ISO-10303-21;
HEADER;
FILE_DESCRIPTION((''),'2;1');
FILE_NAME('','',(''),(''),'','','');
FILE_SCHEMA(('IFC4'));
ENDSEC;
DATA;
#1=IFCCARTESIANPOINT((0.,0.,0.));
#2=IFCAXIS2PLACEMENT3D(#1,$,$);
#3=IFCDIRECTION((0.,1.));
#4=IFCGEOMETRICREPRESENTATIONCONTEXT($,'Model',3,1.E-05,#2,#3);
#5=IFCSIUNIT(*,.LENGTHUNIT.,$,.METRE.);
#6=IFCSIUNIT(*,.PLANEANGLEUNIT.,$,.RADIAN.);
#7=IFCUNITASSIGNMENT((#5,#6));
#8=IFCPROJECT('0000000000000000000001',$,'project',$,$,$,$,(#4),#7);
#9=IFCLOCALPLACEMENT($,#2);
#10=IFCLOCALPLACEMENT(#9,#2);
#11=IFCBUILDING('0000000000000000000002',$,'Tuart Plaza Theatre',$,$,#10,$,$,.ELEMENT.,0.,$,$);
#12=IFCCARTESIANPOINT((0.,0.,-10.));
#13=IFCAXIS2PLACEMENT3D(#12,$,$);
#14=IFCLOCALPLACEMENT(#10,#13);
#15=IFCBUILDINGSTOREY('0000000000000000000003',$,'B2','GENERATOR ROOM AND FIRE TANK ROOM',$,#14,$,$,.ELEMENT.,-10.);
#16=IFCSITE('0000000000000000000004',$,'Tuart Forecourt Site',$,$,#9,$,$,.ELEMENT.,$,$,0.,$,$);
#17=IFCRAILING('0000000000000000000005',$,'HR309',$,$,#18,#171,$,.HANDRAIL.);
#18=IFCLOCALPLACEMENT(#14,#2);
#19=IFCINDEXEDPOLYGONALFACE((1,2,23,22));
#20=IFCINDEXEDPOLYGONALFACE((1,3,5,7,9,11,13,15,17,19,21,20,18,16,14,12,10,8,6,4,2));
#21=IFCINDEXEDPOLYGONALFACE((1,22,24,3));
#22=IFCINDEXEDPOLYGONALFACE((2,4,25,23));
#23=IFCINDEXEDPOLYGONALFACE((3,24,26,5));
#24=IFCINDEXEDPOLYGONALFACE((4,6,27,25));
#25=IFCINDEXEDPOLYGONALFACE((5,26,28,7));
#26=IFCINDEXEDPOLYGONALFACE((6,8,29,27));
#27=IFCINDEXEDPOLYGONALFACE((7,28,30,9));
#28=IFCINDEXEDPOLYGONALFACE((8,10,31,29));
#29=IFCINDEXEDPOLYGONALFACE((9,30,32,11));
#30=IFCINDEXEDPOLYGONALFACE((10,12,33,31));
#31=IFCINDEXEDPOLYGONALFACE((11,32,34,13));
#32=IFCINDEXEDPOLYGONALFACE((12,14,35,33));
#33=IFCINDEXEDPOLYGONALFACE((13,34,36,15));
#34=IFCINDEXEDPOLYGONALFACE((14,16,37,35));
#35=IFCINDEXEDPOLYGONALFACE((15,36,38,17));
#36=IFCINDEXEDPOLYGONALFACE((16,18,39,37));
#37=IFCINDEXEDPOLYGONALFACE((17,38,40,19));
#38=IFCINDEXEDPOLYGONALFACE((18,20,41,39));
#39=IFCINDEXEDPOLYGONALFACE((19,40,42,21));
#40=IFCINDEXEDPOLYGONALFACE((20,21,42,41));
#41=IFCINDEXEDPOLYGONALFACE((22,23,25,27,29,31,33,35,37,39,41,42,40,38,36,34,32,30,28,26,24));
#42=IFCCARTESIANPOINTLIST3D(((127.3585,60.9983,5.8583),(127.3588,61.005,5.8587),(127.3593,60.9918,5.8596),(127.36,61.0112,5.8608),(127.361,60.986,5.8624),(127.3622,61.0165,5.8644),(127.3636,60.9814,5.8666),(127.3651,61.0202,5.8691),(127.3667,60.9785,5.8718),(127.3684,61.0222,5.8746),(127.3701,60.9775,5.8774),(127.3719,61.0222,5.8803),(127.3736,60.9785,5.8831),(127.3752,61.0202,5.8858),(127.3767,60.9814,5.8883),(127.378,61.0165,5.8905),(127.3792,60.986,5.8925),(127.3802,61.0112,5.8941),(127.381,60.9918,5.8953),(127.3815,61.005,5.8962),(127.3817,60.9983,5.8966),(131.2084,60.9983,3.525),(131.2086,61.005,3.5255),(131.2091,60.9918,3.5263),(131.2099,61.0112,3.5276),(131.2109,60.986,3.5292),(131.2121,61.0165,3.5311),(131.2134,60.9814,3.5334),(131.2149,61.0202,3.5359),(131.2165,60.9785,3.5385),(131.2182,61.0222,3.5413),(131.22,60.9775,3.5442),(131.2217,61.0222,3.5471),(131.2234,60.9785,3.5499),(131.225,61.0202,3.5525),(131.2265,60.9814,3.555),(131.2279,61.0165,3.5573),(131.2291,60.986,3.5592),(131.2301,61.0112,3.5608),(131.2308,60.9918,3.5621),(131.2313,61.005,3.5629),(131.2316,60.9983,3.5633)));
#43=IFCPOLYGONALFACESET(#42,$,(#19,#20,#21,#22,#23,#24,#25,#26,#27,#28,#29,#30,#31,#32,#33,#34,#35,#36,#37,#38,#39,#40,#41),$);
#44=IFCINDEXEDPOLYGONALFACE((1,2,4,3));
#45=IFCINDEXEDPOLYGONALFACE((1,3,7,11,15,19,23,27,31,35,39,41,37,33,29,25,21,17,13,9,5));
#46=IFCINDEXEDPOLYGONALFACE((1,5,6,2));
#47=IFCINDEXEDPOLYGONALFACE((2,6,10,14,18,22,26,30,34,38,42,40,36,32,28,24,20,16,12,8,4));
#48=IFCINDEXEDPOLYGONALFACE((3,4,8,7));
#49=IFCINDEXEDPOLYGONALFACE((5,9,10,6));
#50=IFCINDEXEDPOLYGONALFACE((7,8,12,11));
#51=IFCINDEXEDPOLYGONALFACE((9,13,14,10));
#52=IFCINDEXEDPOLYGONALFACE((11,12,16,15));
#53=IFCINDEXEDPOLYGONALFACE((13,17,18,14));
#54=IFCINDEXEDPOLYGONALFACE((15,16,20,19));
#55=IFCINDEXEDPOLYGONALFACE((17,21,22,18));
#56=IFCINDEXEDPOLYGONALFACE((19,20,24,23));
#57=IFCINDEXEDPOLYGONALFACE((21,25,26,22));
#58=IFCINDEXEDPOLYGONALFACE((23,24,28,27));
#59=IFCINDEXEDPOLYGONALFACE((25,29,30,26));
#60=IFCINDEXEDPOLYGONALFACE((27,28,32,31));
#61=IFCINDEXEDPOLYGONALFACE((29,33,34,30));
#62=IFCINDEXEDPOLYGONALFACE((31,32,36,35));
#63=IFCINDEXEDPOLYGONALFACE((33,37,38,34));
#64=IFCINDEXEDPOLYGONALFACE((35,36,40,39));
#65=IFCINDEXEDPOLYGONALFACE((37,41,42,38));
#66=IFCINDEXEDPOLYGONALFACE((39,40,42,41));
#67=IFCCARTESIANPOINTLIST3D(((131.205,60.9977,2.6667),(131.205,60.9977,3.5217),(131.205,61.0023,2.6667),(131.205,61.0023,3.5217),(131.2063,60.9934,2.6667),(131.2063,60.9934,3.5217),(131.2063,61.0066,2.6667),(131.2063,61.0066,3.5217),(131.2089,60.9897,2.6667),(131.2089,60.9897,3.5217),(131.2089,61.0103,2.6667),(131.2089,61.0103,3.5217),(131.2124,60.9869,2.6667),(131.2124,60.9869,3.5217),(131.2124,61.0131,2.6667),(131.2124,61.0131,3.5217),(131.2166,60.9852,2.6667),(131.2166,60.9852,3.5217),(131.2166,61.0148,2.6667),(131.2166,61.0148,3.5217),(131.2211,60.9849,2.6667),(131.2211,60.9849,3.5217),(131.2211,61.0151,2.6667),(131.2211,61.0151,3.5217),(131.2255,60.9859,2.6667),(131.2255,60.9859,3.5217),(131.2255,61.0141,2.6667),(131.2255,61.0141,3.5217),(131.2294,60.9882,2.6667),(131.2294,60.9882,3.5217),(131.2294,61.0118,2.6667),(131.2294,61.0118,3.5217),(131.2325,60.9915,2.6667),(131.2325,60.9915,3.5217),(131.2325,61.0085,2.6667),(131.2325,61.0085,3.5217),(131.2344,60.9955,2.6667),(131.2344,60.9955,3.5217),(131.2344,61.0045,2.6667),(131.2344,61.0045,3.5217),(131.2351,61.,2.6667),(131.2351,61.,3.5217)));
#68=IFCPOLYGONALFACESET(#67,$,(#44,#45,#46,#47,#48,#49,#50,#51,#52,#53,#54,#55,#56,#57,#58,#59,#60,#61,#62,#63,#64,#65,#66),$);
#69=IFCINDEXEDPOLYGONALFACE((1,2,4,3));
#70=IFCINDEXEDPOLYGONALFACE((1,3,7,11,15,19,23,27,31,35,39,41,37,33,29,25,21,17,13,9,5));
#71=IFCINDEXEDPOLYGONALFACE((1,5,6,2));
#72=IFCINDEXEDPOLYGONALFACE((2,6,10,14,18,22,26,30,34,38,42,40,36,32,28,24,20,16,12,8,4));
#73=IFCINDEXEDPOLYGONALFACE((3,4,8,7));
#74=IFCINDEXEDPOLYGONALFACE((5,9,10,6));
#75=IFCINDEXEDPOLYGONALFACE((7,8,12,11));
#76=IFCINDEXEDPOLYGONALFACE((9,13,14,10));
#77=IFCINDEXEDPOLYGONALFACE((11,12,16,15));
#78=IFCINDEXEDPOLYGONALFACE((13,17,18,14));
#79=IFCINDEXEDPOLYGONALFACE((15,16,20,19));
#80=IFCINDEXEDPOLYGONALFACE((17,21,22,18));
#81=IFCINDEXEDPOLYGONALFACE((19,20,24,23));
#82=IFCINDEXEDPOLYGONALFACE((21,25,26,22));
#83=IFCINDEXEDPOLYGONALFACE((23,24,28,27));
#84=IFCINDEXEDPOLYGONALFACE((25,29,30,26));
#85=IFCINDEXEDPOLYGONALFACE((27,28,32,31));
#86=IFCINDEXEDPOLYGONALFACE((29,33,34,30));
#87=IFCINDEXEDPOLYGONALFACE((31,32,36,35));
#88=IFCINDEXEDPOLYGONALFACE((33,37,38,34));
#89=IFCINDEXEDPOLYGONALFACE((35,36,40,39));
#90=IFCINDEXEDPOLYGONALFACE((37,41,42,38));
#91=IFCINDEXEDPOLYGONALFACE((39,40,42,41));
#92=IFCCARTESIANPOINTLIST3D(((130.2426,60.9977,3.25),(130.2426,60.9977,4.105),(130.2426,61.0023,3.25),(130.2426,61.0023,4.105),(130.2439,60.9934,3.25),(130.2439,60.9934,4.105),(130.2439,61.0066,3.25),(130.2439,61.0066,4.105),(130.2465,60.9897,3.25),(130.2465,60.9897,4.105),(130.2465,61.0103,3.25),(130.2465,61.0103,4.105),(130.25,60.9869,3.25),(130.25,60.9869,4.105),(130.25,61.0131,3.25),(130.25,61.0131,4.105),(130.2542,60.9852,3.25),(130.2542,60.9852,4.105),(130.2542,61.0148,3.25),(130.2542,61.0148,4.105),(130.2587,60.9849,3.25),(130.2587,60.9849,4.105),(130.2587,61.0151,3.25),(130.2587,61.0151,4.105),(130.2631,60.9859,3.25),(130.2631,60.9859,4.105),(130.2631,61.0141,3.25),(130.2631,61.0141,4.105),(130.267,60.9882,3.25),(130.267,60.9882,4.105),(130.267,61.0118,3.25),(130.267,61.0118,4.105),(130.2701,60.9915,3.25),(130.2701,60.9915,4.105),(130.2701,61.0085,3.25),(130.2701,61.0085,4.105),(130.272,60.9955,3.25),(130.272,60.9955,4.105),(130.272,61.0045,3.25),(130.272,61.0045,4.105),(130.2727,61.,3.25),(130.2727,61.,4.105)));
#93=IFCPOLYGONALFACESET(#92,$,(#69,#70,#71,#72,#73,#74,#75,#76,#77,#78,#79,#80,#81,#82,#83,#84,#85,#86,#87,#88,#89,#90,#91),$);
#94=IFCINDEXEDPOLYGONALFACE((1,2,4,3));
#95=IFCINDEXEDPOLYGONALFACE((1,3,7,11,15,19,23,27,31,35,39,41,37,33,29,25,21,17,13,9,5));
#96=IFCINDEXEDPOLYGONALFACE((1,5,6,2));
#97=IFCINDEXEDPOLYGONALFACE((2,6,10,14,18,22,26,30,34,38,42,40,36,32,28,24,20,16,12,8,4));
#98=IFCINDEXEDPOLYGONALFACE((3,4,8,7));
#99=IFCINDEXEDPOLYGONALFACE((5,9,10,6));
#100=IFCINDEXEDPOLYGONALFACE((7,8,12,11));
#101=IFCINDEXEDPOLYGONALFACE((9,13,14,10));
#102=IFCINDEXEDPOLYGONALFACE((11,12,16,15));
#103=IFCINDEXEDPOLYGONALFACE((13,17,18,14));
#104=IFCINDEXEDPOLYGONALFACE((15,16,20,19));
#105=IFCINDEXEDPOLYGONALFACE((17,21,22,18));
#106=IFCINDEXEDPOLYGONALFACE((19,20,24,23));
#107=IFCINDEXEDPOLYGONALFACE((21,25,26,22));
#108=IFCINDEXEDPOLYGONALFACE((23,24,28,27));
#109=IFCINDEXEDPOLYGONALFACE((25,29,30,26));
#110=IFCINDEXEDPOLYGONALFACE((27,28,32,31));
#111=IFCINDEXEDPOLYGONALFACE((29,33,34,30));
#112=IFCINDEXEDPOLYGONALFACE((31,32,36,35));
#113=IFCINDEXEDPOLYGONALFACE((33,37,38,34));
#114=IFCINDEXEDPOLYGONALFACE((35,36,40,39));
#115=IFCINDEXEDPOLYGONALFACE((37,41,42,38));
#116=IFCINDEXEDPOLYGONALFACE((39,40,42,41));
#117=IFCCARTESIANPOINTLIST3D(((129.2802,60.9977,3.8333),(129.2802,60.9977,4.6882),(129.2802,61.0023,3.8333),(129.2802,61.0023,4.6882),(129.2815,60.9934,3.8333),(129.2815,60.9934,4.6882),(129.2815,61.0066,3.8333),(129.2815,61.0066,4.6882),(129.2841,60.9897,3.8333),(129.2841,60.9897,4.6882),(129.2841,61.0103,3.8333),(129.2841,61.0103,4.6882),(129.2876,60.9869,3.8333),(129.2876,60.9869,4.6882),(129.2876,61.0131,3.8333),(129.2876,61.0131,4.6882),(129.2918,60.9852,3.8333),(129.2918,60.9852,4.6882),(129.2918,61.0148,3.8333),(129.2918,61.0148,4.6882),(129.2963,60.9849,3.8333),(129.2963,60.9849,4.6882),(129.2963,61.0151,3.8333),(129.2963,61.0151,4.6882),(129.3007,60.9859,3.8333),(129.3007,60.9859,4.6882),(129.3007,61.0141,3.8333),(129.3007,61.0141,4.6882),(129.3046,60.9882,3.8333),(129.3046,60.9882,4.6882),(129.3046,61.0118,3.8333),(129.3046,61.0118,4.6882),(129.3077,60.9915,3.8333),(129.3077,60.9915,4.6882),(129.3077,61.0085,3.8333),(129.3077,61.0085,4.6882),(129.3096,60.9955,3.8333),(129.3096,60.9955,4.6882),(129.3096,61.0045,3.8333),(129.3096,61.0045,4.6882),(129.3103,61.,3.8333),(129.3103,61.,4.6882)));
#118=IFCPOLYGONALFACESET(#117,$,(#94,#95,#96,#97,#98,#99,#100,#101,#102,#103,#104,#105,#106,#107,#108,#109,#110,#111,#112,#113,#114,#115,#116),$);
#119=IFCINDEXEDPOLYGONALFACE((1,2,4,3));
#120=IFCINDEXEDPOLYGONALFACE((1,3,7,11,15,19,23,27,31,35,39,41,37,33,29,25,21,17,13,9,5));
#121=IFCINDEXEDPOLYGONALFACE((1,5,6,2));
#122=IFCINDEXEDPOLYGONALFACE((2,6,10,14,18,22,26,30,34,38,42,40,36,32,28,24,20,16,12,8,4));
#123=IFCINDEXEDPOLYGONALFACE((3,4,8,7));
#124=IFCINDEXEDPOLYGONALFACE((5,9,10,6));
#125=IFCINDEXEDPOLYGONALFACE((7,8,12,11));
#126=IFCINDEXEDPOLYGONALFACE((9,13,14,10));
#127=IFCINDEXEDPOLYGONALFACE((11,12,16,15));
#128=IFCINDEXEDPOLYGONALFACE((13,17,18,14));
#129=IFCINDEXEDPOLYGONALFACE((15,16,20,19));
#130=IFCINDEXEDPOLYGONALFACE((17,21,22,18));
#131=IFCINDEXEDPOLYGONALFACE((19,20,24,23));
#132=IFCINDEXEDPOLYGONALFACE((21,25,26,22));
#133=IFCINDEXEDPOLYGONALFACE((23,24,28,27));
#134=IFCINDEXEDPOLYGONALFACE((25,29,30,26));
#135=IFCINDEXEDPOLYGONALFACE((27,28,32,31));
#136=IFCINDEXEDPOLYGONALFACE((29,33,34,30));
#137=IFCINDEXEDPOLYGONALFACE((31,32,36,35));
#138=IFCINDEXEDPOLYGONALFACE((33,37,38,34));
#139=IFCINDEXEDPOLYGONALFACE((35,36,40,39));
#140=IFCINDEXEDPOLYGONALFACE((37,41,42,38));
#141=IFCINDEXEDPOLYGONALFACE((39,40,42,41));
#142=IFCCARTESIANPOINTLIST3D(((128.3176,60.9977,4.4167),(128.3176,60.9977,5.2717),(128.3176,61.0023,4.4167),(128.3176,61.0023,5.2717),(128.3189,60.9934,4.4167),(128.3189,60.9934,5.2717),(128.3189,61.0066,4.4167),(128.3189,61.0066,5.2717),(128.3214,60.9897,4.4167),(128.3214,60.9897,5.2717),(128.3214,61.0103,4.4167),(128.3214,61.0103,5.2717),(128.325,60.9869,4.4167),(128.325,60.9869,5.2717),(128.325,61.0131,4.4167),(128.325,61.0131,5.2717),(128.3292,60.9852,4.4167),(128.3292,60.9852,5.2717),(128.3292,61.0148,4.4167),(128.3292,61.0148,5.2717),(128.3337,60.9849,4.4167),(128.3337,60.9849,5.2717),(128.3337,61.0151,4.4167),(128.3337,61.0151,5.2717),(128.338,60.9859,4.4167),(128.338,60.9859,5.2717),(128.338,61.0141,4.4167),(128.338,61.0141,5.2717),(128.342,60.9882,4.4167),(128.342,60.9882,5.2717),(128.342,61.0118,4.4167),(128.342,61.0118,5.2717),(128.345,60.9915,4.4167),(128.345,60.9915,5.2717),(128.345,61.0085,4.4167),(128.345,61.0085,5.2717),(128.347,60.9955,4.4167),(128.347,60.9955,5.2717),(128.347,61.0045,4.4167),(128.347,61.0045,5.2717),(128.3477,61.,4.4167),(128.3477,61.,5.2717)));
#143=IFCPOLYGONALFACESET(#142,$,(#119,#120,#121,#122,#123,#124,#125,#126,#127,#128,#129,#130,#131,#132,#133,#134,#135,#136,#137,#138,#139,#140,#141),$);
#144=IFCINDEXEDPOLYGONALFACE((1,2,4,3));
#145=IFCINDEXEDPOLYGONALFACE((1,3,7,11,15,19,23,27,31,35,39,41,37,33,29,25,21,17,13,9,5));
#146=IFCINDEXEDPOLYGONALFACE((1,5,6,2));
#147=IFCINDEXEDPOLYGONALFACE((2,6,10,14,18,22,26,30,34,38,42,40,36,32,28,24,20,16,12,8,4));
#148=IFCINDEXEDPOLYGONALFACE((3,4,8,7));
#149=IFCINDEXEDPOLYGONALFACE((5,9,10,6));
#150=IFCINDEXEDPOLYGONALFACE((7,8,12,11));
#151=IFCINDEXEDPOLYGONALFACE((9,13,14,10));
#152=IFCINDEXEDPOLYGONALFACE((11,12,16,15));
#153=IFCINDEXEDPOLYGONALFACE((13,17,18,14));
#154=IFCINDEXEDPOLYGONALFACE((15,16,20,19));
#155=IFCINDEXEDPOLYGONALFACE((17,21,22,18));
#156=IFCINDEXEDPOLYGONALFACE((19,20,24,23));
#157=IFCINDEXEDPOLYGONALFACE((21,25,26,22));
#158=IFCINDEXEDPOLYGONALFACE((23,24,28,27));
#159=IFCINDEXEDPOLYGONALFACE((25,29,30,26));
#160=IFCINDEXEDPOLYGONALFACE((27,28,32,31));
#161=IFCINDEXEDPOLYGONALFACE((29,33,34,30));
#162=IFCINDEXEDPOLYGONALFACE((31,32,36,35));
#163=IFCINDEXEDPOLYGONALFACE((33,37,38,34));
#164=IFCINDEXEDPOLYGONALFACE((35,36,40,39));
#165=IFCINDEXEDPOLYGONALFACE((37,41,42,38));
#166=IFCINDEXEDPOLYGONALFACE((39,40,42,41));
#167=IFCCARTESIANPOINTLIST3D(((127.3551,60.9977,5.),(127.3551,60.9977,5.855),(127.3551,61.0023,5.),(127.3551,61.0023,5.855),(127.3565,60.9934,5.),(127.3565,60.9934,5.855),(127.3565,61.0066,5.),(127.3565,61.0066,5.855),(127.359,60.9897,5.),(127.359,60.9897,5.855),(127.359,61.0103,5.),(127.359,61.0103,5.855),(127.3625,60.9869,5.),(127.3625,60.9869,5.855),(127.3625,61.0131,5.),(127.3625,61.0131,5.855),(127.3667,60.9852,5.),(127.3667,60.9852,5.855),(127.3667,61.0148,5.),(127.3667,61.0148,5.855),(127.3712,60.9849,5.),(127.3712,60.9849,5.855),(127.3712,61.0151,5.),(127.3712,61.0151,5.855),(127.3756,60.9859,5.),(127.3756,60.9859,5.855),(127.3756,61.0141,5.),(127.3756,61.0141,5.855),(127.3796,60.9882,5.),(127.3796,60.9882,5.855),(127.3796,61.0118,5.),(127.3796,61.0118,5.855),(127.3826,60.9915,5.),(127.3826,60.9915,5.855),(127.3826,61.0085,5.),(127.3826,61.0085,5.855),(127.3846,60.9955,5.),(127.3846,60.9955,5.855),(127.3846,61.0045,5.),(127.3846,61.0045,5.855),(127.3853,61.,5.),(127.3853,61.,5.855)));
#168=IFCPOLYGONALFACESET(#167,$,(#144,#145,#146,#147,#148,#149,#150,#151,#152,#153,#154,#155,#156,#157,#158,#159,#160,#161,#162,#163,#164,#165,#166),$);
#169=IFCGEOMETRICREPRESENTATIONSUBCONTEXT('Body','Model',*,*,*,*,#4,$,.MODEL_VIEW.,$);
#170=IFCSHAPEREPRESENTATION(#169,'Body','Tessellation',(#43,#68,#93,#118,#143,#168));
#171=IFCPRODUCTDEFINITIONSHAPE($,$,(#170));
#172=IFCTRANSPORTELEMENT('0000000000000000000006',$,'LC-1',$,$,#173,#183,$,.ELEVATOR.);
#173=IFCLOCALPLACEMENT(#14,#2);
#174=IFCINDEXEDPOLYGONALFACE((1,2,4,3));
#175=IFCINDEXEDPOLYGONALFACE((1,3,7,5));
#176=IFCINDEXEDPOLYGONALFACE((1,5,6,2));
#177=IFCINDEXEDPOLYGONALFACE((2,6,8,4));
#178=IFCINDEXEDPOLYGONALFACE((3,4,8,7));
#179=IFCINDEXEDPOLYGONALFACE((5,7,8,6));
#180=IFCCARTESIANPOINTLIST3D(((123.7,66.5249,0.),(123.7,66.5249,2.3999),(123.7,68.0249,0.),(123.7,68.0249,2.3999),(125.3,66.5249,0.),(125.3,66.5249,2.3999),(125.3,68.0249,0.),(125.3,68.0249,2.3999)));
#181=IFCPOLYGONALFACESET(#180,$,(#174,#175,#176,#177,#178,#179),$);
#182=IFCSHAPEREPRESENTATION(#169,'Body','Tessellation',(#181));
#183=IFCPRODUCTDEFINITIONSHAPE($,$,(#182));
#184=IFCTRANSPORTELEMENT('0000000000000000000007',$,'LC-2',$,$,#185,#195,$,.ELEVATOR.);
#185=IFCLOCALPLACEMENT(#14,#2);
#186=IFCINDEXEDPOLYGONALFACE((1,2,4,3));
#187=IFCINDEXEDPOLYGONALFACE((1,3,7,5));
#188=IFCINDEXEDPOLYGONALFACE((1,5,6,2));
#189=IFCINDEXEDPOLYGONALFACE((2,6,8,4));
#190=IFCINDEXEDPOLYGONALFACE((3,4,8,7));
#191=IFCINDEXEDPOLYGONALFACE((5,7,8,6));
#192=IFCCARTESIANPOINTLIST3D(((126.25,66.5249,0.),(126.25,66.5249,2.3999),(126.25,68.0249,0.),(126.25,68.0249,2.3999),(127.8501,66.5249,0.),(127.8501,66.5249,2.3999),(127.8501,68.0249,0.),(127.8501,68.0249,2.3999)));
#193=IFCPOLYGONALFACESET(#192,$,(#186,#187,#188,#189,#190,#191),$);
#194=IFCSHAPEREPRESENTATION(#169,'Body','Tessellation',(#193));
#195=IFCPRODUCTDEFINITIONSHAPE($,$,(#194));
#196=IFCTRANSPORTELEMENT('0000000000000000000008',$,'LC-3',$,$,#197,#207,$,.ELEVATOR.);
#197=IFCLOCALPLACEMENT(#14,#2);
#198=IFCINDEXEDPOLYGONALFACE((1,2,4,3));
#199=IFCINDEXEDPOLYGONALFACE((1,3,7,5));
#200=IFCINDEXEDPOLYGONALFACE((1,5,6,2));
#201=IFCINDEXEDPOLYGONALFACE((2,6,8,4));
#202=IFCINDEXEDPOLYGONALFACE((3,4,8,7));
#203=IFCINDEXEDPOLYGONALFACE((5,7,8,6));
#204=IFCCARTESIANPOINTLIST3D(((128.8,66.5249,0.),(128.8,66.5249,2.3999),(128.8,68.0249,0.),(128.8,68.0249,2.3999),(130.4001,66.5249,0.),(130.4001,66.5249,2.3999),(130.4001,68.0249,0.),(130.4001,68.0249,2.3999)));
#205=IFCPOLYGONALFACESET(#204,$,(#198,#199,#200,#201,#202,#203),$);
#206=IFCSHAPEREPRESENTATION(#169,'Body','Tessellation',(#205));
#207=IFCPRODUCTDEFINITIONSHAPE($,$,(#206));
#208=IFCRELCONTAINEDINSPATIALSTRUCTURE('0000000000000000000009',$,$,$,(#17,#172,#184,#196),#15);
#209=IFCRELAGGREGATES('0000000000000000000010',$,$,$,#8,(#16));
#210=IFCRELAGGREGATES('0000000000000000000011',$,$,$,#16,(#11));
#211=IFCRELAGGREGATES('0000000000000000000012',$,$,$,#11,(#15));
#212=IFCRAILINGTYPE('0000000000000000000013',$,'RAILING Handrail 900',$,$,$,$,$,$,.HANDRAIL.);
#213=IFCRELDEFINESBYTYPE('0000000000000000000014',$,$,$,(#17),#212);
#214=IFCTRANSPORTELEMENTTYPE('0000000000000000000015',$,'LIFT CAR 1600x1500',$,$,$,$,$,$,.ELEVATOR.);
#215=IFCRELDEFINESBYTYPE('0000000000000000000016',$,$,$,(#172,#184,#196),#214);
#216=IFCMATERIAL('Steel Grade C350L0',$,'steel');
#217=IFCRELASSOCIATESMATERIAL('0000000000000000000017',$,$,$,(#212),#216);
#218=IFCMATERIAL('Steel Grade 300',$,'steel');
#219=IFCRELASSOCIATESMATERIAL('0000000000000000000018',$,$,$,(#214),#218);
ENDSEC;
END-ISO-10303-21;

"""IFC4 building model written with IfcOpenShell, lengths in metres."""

from ifc_helpers import new_model, si_unit, direction, frame, origin, origin_2d, place, context, subcontext, project, spatial, rectangle, circle, extrude, material, type_object, element, save


model = new_model("IFC4")

# Units and contexts
model_context = context("Model", 3, precision=1e-05, world=origin(), true_north=direction((0.0, 1.0)))
body_context = subcontext(model_context, "Body", "Model", "MODEL_VIEW")
ifc_project = project(units=[si_unit("LENGTHUNIT", "METRE"), si_unit("PLANEANGLEUNIT", "RADIAN")], contexts=[model_context])

# Site, building, storey
site_placement = place(None, origin())
site = spatial("IfcSite", under=ifc_project, at=site_placement, Name="Tuart Forecourt Site", CompositionType="ELEMENT", RefElevation=0.0)
building_placement = place(site_placement, origin())
building = spatial("IfcBuilding", under=site, at=building_placement, Name="Tuart Plaza Theatre", CompositionType="ELEMENT", ElevationOfRefHeight=0.0)
storey_placement = place(building_placement, frame((0.0, 0.0, -10.0)))
storey = spatial("IfcBuildingStorey", under=building, at=storey_placement, Name="B2", Description="GENERATOR ROOM AND FIRE TANK ROOM", CompositionType="ELEMENT", Elevation=-10.0)

# Railing
ifc_material_1 = material(Name="Steel Grade C350L0", Category="steel")
railing_type_1 = type_object("IfcRailingType", Name="RAILING Handrail 900", PredefinedType="HANDRAIL", material=ifc_material_1)
railing_1_placement = place(storey_placement, frame((131.22, 61.0, 2.6667)))
element("IfcRailing", 1, at=railing_1_placement, inside=storey, type_object=railing_type_1, Name="HR309", PredefinedType="HANDRAIL", context=body_context, shape_type="SweptSolid", body=[
    extrude(circle(Radius=0.0225, at=origin_2d()), frame((0.0, 0.0, 0.8774), z_axis=(-0.855197, 0.0, 0.518303), x_axis=(0.0, -1.0, 0.0)), (0.0, 0.0, 1.0), 4.5017),
    extrude(circle(Radius=0.0151, at=origin_2d()), origin(), (0.0, 0.0, 1.0), 0.855),
    extrude(circle(Radius=0.0151, at=origin_2d()), frame((-0.9624, 0.0, 0.5833)), (0.0, 0.0, 1.0), 0.855),
    extrude(circle(Radius=0.0151, at=origin_2d()), frame((-1.9248, 0.0, 1.1665)), (0.0, 0.0, 1.0), 0.855),
    extrude(circle(Radius=0.0151, at=origin_2d()), frame((-2.8875, 0.0, 1.75)), (0.0, 0.0, 1.0), 0.855),
    extrude(circle(Radius=0.0151, at=origin_2d()), frame((-3.8499, 0.0, 2.3333)), (0.0, 0.0, 1.0), 0.855),
])

# Transport elements
ifc_material_2 = material(Name="Steel Grade 300", Category="steel")
transport_element_type = type_object("IfcTransportElementType", Name="LIFT CAR 1600x1500", PredefinedType="ELEVATOR", material=ifc_material_2)
for number, where, z_axis, x_axis, name in (
    (2, (124.5, 67.2749, 0.0), (0.0, 0.0, 1.0), (1.0, 0.0, 0.0), "LC-1"),
    (3, (127.05, 67.2749, 0.0), (0.0, 0.0, 1.0), (1.0, 0.0, 0.0), "LC-2"),
    (4, (129.6001, 67.2749, 0.0), (0.0, 0.0, 1.0), (1.0, 0.0, 0.0), "LC-3"),
):
    element("IfcTransportElement", number, at=place(storey_placement, frame(where, z_axis=z_axis, x_axis=x_axis)), inside=storey, type_object=transport_element_type, Name=name, PredefinedType="ELEVATOR", context=body_context, shape_type="SweptSolid", body=[
        extrude(rectangle(XDim=1.6001, YDim=1.5, at=origin_2d()), origin(), (0.0, 0.0, 1.0), 2.3999),
    ])

save(model, "model.ifc")
